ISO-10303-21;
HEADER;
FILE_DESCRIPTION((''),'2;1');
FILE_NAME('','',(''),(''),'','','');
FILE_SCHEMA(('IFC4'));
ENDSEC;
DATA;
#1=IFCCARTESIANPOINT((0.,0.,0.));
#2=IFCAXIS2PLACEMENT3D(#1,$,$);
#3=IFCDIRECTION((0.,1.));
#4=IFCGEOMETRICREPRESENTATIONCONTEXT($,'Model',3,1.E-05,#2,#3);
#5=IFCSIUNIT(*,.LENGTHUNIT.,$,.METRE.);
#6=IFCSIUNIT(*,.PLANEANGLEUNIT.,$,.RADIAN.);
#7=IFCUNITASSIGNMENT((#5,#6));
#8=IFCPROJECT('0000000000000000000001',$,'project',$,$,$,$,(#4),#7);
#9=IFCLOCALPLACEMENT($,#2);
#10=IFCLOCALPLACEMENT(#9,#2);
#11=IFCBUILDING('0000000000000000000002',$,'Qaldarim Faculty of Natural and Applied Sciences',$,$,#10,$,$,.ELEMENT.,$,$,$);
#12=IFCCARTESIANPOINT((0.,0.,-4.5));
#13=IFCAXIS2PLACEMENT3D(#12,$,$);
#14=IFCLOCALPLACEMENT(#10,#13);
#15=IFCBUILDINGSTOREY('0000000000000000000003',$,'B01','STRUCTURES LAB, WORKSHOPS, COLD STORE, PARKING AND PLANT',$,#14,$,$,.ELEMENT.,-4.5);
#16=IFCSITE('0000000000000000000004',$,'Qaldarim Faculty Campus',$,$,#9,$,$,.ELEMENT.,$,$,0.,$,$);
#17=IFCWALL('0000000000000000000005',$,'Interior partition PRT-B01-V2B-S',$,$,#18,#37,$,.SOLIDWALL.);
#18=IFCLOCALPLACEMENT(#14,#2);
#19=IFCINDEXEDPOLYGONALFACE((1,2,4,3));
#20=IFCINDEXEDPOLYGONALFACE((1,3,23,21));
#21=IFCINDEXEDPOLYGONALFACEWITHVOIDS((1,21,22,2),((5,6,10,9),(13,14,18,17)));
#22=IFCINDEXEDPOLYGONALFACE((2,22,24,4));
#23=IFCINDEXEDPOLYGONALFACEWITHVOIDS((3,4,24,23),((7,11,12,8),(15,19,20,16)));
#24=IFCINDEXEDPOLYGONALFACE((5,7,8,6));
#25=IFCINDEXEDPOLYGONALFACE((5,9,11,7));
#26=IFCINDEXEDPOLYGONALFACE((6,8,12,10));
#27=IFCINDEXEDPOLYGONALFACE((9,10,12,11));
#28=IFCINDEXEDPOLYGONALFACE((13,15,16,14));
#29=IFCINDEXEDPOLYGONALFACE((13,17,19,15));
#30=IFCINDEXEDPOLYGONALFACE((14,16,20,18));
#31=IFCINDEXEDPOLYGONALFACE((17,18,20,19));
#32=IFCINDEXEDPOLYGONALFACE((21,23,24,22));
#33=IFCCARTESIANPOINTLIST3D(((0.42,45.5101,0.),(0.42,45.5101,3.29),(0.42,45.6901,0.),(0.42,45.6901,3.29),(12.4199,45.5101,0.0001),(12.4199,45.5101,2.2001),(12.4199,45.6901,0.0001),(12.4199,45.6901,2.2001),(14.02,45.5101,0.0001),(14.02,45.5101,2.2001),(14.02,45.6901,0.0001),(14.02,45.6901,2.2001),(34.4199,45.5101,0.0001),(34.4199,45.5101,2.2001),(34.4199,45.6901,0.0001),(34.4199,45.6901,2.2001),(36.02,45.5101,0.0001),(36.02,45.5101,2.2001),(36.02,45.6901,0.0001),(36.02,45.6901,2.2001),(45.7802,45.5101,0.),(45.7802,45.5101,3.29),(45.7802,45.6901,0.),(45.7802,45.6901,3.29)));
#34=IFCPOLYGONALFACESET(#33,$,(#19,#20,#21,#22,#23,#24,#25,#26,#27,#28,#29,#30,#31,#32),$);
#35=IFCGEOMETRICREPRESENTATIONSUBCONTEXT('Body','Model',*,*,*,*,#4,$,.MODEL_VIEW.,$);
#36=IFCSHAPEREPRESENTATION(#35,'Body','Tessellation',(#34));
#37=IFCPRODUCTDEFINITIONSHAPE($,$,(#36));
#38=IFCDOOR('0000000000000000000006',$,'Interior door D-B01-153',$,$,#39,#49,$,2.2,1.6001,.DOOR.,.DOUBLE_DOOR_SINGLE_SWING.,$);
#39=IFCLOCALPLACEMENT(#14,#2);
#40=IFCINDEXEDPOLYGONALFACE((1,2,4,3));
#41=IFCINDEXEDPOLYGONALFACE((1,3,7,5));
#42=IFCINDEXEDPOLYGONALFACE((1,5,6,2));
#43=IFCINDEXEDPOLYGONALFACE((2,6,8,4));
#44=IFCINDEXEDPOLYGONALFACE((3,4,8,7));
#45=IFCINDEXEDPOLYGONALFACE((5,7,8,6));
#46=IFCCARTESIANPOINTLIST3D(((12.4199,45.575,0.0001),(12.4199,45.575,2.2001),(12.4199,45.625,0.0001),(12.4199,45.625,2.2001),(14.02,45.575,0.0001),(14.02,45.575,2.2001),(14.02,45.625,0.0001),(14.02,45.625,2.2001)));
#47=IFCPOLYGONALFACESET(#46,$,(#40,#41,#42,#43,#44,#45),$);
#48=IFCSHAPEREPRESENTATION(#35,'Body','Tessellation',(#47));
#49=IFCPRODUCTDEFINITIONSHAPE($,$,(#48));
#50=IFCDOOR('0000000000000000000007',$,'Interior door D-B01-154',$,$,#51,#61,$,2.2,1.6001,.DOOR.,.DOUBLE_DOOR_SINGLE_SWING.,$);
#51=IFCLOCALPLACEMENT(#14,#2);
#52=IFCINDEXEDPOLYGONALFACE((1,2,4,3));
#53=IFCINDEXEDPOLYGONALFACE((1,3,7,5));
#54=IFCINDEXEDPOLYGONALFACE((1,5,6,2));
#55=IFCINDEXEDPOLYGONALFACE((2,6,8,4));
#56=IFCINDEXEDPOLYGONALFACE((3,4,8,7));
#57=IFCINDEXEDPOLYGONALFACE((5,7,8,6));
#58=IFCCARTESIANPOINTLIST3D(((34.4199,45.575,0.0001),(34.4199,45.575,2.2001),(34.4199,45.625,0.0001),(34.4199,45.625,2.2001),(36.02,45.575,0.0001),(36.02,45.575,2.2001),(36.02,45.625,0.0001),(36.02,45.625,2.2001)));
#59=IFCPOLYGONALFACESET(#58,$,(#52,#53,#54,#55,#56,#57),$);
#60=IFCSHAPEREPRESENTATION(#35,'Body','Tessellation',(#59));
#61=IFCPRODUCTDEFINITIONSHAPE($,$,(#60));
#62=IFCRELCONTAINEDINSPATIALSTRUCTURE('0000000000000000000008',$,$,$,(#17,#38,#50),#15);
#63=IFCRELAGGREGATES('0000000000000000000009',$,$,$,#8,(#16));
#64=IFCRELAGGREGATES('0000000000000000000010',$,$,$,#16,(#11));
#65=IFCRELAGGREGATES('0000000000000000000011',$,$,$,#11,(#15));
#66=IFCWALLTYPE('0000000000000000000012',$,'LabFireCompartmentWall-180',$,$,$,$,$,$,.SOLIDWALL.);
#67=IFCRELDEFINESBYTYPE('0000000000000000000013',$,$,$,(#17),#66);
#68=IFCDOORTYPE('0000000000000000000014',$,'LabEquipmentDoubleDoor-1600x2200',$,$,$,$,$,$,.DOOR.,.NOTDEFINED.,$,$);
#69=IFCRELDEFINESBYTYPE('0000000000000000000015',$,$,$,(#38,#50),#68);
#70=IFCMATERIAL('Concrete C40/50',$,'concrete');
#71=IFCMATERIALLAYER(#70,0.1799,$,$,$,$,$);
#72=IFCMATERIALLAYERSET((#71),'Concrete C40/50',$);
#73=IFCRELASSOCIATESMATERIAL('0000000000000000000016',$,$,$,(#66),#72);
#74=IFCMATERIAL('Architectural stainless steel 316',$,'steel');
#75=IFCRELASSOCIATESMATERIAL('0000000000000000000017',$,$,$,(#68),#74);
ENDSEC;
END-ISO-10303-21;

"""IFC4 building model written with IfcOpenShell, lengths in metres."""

from ifc_helpers import new_model, si_unit, direction, frame, frame_2d, origin, place, context, subcontext, project, spatial, rectangle, extrude, material, layer, layer_set, type_object, element, fill, save


model = new_model("IFC4")

# Units and contexts
model_context = context("Model", 3, precision=1e-05, world=origin(), true_north=direction((0.0, 1.0)))
body_context = subcontext(model_context, "Body", "Model", "MODEL_VIEW")
ifc_project = project(units=[si_unit("LENGTHUNIT", "METRE"), si_unit("PLANEANGLEUNIT", "RADIAN")], contexts=[model_context])

# Site, building, storey
site_placement = place(None, origin())
site = spatial("IfcSite", under=ifc_project, at=site_placement, Name="Qaldarim Faculty Campus", CompositionType="ELEMENT", RefElevation=0.0)
building_placement = place(site_placement, origin())
building = spatial("IfcBuilding", under=site, at=building_placement, Name="Qaldarim Faculty of Natural and Applied Sciences", CompositionType="ELEMENT")
storey_placement = place(building_placement, frame((0.0, 0.0, -4.5)))
storey = spatial("IfcBuildingStorey", under=building, at=storey_placement, Name="B01", Description="STRUCTURES LAB, WORKSHOPS, COLD STORE, PARKING AND PLANT", CompositionType="ELEMENT", Elevation=-4.5)

# Shared definitions
ifc_material_1 = material(Name="Concrete C40/50", Category="concrete")

# Shared definitions
ifc_layer_1 = layer(ifc_material_1, 0.1799)
ifc_layer_set_1 = layer_set([ifc_layer_1], Name="Concrete C40/50")
wall_type_1 = type_object("IfcWallType", Name="LabFireCompartmentWall-180", PredefinedType="SOLIDWALL", material=ifc_layer_set_1)

# Wall, openings, doors
wall_1_placement = place(storey_placement, frame((0.4199, 45.6001, 0.0), z_axis=(0.0, 0.0, 1.0), x_axis=(1.0, 0.0, 0.0)))
wall_1 = element("IfcWall", 1, at=wall_1_placement, inside=storey, type_object=wall_type_1, Name="Interior partition PRT-B01-V2B-S", PredefinedType="SOLIDWALL", context=body_context, shape_type="SweptSolid", body=[
    extrude(rectangle(XDim=45.3601, YDim=0.1799, at=frame_2d((22.6802, 0.0))), origin(), (0.0, 0.0, 1.0), 3.29),
])
opening_1_placement = place(wall_1_placement, frame((12.0, 0.0, 0.0)))
opening_1 = element("IfcOpeningElement", 2, at=opening_1_placement, cuts=wall_1, PredefinedType="OPENING", context=body_context, shape_type="SweptSolid", body=[
    extrude(rectangle(XDim=1.6001, YDim=2.2, at=frame_2d((0.8, 1.1001))), frame((0.0, 0.0999, 0.0), z_axis=(0.0, -1.0, 0.0), x_axis=(1.0, 0.0, 0.0)), (0.0, 0.0, 1.0), 0.2),
])
opening_2_placement = place(wall_1_placement, frame((34.0, 0.0, 0.0)))
opening_2 = element("IfcOpeningElement", 3, at=opening_2_placement, cuts=wall_1, PredefinedType="OPENING", context=body_context, shape_type="SweptSolid", body=[
    extrude(rectangle(XDim=1.6001, YDim=2.2, at=frame_2d((0.8, 1.1001))), frame((0.0, 0.0999, 0.0), z_axis=(0.0, -1.0, 0.0), x_axis=(1.0, 0.0, 0.0)), (0.0, 0.0, 1.0), 0.2),
])
ifc_material_2 = material(Name="Architectural stainless steel 316", Category="steel")
door_type = type_object("IfcDoorType", Name="LabEquipmentDoubleDoor-1600x2200", OperationType="NOTDEFINED", PredefinedType="DOOR", material=ifc_material_2)
door_1_placement = place(opening_1_placement, origin())
door_1 = element("IfcDoor", 4, at=door_1_placement, inside=storey, type_object=door_type, Name="Interior door D-B01-153", OperationType="DOUBLE_DOOR_SINGLE_SWING", OverallHeight=2.2, OverallWidth=1.6001, PredefinedType="DOOR", context=body_context, shape_type="SweptSolid", body=[
    extrude(rectangle(XDim=1.6001, YDim=2.2, at=frame_2d((0.8, 1.1001))), frame((0.0, 0.0249, 0.0), z_axis=(0.0, -1.0, 0.0), x_axis=(1.0, 0.0, 0.0)), (0.0, 0.0, 1.0), 0.05),
])
fill(opening_1, door_1)
door_2_placement = place(opening_2_placement, origin())
door_2 = element("IfcDoor", 5, at=door_2_placement, inside=storey, type_object=door_type, Name="Interior door D-B01-154", OperationType="DOUBLE_DOOR_SINGLE_SWING", OverallHeight=2.2, OverallWidth=1.6001, PredefinedType="DOOR", context=body_context, shape_type="SweptSolid", body=[
    extrude(rectangle(XDim=1.6001, YDim=2.2, at=frame_2d((0.8, 1.1001))), frame((0.0, 0.0249, 0.0), z_axis=(0.0, -1.0, 0.0), x_axis=(1.0, 0.0, 0.0)), (0.0, 0.0, 1.0), 0.05),
])
fill(opening_2, door_2)

save(model, "model.ifc")
